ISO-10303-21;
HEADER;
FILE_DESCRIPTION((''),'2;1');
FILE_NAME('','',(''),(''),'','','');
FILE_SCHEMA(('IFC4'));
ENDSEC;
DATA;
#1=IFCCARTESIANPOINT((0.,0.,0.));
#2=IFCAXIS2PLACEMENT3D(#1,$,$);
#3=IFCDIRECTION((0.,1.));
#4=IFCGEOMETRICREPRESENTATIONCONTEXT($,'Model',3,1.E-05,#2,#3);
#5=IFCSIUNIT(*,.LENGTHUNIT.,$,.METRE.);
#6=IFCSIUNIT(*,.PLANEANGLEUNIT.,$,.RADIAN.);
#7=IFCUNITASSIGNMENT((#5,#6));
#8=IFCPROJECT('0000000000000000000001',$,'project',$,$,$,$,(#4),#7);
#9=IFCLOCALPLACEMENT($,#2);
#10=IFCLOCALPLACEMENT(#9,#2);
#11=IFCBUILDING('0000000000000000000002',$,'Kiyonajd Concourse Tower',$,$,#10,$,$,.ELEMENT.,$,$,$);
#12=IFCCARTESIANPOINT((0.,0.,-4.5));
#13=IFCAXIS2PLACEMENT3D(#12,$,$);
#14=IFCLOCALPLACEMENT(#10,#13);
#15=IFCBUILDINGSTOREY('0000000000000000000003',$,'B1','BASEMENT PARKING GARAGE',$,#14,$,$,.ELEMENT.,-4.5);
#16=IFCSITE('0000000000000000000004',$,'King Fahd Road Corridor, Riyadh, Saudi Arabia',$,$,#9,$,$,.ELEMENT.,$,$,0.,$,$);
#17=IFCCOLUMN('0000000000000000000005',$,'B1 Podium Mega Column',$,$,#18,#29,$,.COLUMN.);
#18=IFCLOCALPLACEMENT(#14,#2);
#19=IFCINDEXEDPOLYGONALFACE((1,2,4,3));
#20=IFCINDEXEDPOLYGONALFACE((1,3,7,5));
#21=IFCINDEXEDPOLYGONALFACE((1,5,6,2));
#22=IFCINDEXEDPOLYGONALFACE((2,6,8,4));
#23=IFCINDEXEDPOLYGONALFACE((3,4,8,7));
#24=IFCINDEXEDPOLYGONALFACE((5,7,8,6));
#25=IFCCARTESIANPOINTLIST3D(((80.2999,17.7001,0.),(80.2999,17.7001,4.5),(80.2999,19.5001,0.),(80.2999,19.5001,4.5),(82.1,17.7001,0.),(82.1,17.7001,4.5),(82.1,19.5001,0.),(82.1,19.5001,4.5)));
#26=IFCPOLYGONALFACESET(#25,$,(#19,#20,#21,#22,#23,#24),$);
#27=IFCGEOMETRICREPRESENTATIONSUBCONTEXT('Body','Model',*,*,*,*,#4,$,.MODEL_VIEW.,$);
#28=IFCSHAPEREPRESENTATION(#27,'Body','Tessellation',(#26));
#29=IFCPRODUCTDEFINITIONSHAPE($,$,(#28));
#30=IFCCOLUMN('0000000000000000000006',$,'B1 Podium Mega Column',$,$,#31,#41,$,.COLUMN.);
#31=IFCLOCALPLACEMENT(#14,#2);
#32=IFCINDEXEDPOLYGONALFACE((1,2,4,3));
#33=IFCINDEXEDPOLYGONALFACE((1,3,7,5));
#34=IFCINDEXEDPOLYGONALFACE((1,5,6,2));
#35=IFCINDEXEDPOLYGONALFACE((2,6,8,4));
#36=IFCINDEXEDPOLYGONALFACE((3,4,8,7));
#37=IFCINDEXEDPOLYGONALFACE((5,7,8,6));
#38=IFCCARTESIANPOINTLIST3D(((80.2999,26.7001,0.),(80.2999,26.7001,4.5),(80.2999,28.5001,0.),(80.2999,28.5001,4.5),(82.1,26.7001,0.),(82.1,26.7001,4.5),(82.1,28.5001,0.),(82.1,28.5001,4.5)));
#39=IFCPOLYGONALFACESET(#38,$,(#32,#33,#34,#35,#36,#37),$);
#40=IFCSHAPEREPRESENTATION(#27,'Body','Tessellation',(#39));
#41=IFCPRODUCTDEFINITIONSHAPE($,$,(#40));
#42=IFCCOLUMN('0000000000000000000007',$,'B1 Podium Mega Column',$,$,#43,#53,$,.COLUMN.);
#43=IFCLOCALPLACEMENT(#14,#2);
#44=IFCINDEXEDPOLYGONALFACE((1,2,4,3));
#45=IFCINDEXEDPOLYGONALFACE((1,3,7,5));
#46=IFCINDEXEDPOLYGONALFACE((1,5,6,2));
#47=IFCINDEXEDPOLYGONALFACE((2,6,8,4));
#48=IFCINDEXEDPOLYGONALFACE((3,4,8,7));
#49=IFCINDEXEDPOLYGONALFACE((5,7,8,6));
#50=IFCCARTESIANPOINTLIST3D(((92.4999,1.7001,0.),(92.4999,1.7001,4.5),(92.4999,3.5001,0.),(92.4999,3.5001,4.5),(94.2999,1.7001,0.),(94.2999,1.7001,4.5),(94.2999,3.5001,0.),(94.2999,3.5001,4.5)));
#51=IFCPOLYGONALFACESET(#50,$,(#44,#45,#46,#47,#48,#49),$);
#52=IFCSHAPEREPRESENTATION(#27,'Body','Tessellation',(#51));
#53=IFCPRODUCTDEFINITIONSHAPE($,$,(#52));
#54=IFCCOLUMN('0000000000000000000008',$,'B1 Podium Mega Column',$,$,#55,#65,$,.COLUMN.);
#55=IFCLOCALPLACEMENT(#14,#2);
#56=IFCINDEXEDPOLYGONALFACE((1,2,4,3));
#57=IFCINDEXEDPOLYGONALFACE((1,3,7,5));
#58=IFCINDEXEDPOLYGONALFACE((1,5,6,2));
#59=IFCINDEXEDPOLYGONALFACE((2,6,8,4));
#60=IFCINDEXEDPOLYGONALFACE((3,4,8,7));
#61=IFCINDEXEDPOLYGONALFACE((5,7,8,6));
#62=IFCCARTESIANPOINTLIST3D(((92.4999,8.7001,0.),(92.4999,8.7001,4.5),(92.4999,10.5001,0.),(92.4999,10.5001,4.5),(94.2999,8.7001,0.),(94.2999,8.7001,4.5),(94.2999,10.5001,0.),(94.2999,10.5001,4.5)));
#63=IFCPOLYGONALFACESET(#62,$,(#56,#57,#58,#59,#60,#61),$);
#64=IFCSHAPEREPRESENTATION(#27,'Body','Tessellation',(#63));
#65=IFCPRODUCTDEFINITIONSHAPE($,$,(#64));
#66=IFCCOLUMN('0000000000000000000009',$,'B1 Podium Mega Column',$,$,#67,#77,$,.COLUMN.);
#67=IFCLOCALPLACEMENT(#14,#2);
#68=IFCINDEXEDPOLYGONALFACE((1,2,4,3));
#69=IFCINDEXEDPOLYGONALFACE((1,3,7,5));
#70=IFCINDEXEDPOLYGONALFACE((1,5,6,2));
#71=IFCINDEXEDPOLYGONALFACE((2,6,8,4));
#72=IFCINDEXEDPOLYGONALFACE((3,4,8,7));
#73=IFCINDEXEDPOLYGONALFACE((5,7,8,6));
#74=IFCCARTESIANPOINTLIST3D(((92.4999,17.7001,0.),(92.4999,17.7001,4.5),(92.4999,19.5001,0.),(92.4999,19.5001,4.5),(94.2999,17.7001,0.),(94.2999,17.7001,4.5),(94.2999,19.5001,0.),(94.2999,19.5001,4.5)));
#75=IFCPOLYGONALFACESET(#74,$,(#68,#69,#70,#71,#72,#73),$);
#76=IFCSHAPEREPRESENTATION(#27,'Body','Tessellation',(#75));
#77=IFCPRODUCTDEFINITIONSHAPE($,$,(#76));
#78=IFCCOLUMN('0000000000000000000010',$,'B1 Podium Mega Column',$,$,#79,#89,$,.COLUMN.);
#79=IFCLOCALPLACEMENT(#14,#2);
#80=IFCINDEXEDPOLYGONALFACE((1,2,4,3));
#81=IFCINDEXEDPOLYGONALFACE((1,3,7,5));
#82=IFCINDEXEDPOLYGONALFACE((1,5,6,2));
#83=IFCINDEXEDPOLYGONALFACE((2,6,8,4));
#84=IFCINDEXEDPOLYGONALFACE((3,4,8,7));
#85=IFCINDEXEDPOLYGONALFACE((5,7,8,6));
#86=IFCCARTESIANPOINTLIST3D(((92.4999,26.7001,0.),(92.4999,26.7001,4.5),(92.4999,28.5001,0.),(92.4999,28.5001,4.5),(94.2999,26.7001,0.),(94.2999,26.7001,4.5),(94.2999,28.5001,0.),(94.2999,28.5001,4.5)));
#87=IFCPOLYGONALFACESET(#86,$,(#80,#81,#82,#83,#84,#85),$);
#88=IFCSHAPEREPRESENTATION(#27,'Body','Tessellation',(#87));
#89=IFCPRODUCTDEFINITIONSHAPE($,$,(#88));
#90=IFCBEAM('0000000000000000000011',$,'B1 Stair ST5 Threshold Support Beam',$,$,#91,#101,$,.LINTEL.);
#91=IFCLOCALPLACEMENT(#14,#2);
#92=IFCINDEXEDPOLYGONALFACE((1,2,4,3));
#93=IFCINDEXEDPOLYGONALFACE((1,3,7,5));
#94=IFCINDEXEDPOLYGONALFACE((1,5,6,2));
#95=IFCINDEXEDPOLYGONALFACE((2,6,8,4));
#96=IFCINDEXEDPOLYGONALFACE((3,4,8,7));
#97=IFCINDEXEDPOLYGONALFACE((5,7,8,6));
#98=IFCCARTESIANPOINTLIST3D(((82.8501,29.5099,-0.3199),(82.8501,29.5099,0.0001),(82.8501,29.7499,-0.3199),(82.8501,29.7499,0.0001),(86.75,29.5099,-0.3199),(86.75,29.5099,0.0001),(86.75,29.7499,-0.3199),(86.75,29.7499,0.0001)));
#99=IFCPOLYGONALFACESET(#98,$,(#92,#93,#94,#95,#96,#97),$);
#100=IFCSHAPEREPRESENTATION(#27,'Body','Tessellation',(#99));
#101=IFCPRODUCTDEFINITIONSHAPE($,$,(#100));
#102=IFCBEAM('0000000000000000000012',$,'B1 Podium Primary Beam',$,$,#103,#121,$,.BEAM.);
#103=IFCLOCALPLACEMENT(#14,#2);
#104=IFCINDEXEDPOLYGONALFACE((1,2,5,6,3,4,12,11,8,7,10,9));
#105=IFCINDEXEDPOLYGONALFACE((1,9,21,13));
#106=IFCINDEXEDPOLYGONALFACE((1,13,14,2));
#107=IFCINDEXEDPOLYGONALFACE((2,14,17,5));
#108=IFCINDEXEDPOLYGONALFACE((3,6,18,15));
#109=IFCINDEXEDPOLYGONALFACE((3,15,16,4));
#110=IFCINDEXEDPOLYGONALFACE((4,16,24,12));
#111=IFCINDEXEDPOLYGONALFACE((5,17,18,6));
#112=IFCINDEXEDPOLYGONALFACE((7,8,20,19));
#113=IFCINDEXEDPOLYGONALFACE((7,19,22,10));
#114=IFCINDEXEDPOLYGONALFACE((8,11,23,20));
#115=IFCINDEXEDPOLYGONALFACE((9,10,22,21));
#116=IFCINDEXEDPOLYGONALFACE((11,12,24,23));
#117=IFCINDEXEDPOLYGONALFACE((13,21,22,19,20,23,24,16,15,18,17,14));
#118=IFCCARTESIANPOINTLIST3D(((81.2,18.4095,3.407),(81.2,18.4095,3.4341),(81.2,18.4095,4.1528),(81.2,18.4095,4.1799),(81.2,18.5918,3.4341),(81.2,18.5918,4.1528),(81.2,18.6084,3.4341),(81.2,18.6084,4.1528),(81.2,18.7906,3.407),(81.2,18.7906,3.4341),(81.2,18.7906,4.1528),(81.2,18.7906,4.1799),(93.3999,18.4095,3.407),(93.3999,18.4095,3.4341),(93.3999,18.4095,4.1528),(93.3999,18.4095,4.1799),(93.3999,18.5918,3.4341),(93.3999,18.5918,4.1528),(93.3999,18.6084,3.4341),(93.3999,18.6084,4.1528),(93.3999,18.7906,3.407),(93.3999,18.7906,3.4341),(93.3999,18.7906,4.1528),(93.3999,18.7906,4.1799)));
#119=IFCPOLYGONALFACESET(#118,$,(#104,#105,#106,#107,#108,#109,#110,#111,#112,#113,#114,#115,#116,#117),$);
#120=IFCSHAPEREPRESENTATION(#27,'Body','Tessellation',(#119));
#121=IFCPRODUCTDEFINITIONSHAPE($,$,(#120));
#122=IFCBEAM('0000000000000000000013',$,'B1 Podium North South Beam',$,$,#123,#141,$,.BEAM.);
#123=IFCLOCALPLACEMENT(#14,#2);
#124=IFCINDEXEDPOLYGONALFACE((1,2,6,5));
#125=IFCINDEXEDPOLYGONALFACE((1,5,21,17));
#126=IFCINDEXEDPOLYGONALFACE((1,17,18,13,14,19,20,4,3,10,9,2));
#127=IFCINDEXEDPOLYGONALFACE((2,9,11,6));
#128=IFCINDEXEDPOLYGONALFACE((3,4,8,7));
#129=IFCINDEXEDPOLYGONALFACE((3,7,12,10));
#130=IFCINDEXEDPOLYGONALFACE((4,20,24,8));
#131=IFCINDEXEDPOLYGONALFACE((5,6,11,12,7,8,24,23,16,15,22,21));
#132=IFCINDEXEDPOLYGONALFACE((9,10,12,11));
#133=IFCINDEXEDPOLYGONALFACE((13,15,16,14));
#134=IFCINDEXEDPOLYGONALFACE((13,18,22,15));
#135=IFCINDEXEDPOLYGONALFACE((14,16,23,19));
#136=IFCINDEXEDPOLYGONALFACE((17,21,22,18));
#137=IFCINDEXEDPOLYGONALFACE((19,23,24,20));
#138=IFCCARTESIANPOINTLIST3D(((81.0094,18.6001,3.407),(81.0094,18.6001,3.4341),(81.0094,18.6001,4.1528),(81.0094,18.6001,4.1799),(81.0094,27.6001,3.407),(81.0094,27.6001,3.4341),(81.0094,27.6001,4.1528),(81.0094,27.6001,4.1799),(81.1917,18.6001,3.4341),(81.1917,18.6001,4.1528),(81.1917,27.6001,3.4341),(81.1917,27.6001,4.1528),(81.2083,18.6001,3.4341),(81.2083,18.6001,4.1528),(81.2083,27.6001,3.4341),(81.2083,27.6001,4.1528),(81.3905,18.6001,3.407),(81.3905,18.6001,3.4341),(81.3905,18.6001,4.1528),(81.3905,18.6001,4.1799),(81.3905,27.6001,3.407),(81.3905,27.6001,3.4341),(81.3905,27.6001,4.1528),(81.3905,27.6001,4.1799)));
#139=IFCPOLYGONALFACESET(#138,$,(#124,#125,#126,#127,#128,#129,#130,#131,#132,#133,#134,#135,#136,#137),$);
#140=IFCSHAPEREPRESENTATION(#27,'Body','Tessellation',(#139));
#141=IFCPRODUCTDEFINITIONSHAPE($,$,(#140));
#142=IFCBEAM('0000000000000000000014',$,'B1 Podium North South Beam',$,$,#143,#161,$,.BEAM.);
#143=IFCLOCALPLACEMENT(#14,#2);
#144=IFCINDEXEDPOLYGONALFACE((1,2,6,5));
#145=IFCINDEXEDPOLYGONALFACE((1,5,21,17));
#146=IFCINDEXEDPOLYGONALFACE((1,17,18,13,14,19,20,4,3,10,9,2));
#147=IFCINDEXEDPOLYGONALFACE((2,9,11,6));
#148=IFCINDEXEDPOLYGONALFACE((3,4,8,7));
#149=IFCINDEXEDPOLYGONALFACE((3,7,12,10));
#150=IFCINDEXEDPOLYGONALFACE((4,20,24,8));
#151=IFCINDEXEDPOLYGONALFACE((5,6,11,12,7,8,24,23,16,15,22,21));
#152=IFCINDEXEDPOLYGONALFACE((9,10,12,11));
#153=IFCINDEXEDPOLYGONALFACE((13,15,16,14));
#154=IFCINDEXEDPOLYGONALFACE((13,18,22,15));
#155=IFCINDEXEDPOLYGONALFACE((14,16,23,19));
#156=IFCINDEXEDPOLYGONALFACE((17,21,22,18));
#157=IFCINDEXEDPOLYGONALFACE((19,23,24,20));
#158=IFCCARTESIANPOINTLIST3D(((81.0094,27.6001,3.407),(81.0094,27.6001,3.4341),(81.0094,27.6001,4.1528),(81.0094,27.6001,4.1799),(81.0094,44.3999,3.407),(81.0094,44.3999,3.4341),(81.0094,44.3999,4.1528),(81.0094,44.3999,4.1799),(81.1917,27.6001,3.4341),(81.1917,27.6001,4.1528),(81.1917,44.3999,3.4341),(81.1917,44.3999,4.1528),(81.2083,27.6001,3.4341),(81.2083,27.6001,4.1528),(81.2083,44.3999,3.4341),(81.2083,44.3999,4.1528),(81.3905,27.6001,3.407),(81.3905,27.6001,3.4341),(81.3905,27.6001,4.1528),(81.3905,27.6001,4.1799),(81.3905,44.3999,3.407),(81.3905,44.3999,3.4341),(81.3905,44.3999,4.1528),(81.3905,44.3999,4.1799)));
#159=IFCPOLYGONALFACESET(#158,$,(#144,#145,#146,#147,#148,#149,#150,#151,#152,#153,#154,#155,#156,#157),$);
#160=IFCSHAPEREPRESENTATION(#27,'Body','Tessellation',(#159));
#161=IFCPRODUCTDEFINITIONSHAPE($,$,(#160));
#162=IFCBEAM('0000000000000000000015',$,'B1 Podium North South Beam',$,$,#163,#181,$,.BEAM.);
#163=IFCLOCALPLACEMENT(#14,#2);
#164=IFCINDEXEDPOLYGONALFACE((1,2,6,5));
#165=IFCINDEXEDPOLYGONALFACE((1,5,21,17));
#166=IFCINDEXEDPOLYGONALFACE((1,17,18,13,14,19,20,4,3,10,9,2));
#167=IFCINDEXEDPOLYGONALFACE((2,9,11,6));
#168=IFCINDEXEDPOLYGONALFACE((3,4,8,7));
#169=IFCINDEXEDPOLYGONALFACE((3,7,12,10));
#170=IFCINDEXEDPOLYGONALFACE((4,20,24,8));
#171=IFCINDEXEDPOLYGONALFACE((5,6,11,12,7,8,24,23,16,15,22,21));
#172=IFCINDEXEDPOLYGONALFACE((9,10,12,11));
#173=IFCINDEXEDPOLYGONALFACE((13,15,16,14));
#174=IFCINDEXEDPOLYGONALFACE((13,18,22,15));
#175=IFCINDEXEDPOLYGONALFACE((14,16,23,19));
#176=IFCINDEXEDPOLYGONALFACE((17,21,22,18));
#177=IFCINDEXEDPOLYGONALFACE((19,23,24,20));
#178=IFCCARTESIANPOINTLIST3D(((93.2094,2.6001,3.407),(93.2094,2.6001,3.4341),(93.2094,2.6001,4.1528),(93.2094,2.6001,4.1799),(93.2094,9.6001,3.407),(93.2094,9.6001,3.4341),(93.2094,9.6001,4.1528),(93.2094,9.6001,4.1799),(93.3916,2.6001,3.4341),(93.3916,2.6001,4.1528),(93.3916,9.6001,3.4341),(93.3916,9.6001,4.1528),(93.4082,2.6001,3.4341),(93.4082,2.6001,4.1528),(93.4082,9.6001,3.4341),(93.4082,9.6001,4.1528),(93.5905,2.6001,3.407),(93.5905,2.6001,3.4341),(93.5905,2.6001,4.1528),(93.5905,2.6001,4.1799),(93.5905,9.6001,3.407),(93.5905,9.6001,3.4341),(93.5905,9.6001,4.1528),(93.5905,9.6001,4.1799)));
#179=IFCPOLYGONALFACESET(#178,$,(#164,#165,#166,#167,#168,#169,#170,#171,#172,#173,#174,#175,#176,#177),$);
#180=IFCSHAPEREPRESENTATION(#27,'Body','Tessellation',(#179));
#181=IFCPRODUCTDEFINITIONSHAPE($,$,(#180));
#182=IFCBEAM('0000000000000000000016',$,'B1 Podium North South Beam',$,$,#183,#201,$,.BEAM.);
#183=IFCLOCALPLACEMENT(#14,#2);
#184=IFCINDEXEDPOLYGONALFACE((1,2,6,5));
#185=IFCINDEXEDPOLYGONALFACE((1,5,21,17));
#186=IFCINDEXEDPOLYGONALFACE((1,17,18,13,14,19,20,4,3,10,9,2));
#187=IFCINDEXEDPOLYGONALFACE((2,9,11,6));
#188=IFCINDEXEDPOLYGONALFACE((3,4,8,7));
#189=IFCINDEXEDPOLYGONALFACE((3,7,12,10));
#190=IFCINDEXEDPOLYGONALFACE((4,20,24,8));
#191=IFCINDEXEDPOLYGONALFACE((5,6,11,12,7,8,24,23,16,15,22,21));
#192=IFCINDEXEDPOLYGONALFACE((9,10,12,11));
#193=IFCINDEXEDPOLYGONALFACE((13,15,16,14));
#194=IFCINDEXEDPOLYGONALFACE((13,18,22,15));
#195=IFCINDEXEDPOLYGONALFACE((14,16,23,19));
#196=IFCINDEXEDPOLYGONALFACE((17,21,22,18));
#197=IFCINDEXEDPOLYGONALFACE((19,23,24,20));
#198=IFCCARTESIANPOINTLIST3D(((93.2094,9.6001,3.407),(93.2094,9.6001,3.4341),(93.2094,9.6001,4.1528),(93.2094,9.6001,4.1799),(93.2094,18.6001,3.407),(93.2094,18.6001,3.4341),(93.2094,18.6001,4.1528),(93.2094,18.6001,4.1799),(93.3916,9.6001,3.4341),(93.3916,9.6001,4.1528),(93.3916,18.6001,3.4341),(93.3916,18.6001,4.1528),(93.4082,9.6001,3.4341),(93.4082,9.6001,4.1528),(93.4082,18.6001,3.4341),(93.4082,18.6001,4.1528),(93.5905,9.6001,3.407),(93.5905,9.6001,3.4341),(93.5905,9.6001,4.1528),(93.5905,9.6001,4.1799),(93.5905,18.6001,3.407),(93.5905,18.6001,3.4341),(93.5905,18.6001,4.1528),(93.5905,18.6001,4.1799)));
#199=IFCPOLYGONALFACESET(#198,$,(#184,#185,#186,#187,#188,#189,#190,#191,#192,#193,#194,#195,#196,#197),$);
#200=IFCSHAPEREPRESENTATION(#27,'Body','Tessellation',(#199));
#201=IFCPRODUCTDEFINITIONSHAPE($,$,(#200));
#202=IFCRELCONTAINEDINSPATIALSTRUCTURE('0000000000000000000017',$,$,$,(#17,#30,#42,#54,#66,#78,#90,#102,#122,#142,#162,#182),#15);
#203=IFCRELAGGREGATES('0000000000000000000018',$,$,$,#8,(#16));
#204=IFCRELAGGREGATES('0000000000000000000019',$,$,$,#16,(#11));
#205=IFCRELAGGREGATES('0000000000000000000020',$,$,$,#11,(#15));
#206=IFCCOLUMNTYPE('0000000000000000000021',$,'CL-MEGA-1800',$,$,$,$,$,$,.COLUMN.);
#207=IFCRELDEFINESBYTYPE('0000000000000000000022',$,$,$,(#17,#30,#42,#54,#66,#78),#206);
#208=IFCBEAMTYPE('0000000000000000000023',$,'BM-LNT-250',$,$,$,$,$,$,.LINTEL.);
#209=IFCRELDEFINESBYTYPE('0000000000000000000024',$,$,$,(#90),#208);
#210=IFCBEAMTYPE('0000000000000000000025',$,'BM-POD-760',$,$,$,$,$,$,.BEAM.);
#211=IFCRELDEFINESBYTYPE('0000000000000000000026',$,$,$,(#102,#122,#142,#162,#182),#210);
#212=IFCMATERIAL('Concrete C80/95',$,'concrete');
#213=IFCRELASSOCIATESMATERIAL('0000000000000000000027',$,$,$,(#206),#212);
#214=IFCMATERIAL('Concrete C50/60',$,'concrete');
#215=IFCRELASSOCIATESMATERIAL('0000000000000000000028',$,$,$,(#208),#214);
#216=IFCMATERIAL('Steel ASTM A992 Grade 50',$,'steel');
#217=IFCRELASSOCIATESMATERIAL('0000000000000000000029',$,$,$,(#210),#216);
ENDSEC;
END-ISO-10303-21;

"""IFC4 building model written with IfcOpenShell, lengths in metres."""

from ifc_helpers import new_model, si_unit, direction, frame, origin, origin_2d, place, context, subcontext, project, spatial, rectangle, i_section, extrude, material, material_profile, profile_set, type_object, element, save


model = new_model("IFC4")

# Units and contexts
model_context = context("Model", 3, precision=1e-05, world=origin(), true_north=direction((0.0, 1.0)))
body_context = subcontext(model_context, "Body", "Model", "MODEL_VIEW")
ifc_project = project(units=[si_unit("LENGTHUNIT", "METRE"), si_unit("PLANEANGLEUNIT", "RADIAN")], contexts=[model_context])

# Site, building, storey
site_placement = place(None, origin())
site = spatial("IfcSite", under=ifc_project, at=site_placement, Name="King Fahd Road Corridor, Riyadh, Saudi Arabia", CompositionType="ELEMENT", RefElevation=0.0)
building_placement = place(site_placement, origin())
building = spatial("IfcBuilding", under=site, at=building_placement, Name="Kiyonajd Concourse Tower", CompositionType="ELEMENT")
storey_placement = place(building_placement, frame((0.0, 0.0, -4.5)))
storey = spatial("IfcBuildingStorey", under=building, at=storey_placement, Name="B1", Description="BASEMENT PARKING GARAGE", CompositionType="ELEMENT", Elevation=-4.5)

# Columns
ifc_material_1 = material(Name="Concrete C80/95", Category="concrete")
ifc_material_profile_1 = material_profile(ifc_material_1, rectangle(XDim=1.8, YDim=1.8, at=origin_2d()), Name="RC-1800x1800")
ifc_profile_set_1 = profile_set([ifc_material_profile_1], Name="Concrete C80/95")
column_type = type_object("IfcColumnType", Name="CL-MEGA-1800", PredefinedType="COLUMN", material=ifc_profile_set_1)
for number, where, z_axis, x_axis, name in (
    (1, (81.2, 18.6001, 0.0), (0.0, 0.0, 1.0), (1.0, 0.0, 0.0), "B1 Podium Mega Column"),
    (2, (81.2, 27.6001, 0.0), (0.0, 0.0, 1.0), (1.0, 0.0, 0.0), "B1 Podium Mega Column"),
    (3, (93.3999, 2.6001, 0.0), (0.0, 0.0, 1.0), (1.0, 0.0, 0.0), "B1 Podium Mega Column"),
    (4, (93.3999, 9.6001, 0.0), (0.0, 0.0, 1.0), (1.0, 0.0, 0.0), "B1 Podium Mega Column"),
    (5, (93.3999, 18.6001, 0.0), (0.0, 0.0, 1.0), (1.0, 0.0, 0.0), "B1 Podium Mega Column"),
    (6, (93.3999, 27.6001, 0.0), (0.0, 0.0, 1.0), (1.0, 0.0, 0.0), "B1 Podium Mega Column"),
):
    element("IfcColumn", number, at=place(storey_placement, frame(where, z_axis=z_axis, x_axis=x_axis)), inside=storey, type_object=column_type, Name=name, PredefinedType="COLUMN", context=body_context, shape_type="SweptSolid", body=[
        extrude(rectangle(XDim=1.8, YDim=1.8, at=origin_2d()), origin(), (0.0, 0.0, 1.0), 4.5),
    ])

# Beams
ifc_material_2 = material(Name="Concrete C50/60", Category="concrete")
ifc_material_profile_2 = material_profile(ifc_material_2, rectangle(XDim=0.24, YDim=0.3201, at=origin_2d()), Name="RCBM-240x320")
ifc_profile_set_2 = profile_set([ifc_material_profile_2], Name="Concrete C50/60")
beam_type_1 = type_object("IfcBeamType", Name="BM-LNT-250", PredefinedType="LINTEL", material=ifc_profile_set_2)
beam_1_placement = place(storey_placement, frame((82.8501, 29.6299, -0.1599), z_axis=(1.0, 0.0, 0.0), x_axis=(0.0, 1.0, 0.0)))
element("IfcBeam", 7, at=beam_1_placement, inside=storey, type_object=beam_type_1, Name="B1 Stair ST5 Threshold Support Beam", PredefinedType="LINTEL", context=body_context, shape_type="SweptSolid", body=[
    extrude(rectangle(XDim=0.24, YDim=0.3201, at=origin_2d()), origin(), (0.0, 0.0, 1.0), 3.8999),
])
ifc_material_3 = material(Name="Steel ASTM A992 Grade 50", Category="steel")
ifc_material_profile_3 = material_profile(ifc_material_3, i_section(OverallWidth=0.3811, OverallDepth=0.7729, WebThickness=0.0166, FlangeThickness=0.0271, at=origin_2d()), Name="W760X257")
ifc_profile_set_3 = profile_set([ifc_material_profile_3], Name="Steel ASTM A992 Grade 50")
beam_type_2 = type_object("IfcBeamType", Name="BM-POD-760", PredefinedType="BEAM", material=ifc_profile_set_3)
beam_2_placement = place(storey_placement, frame((81.2, 18.6001, 3.7935), z_axis=(1.0, 0.0, 0.0), x_axis=(0.0, 1.0, 0.0)))
element("IfcBeam", 8, at=beam_2_placement, inside=storey, type_object=beam_type_2, Name="B1 Podium Primary Beam", PredefinedType="BEAM", context=body_context, shape_type="SweptSolid", body=[
    extrude(i_section(OverallWidth=0.3811, OverallDepth=0.7729, WebThickness=0.0166, FlangeThickness=0.0271, at=origin_2d()), origin(), (0.0, 0.0, 1.0), 12.2),
])
beam_3_placement = place(storey_placement, frame((81.2, 18.6001, 3.7935), z_axis=(0.0, 1.0, 0.0), x_axis=(-1.0, 0.0, 0.0)))
element("IfcBeam", 9, at=beam_3_placement, inside=storey, type_object=beam_type_2, Name="B1 Podium North South Beam", PredefinedType="BEAM", context=body_context, shape_type="SweptSolid", body=[
    extrude(i_section(OverallWidth=0.3811, OverallDepth=0.7729, WebThickness=0.0166, FlangeThickness=0.0271, at=origin_2d()), origin(), (0.0, 0.0, 1.0), 9.0),
])
beam_4_placement = place(storey_placement, frame((81.2, 27.6001, 3.7935), z_axis=(0.0, 1.0, 0.0), x_axis=(-1.0, 0.0, 0.0)))
element("IfcBeam", 10, at=beam_4_placement, inside=storey, type_object=beam_type_2, Name="B1 Podium North South Beam", PredefinedType="BEAM", context=body_context, shape_type="SweptSolid", body=[
    extrude(i_section(OverallWidth=0.3811, OverallDepth=0.7729, WebThickness=0.0166, FlangeThickness=0.0271, at=origin_2d()), origin(), (0.0, 0.0, 1.0), 16.7998),
])
beam_5_placement = place(storey_placement, frame((93.3999, 2.6001, 3.7935), z_axis=(0.0, 1.0, 0.0), x_axis=(-1.0, 0.0, 0.0)))
element("IfcBeam", 11, at=beam_5_placement, inside=storey, type_object=beam_type_2, Name="B1 Podium North South Beam", PredefinedType="BEAM", context=body_context, shape_type="SweptSolid", body=[
    extrude(i_section(OverallWidth=0.3811, OverallDepth=0.7729, WebThickness=0.0166, FlangeThickness=0.0271, at=origin_2d()), origin(), (0.0, 0.0, 1.0), 7.0),
])
for number, where, z_axis, x_axis, name in (
    (12, (93.3999, 9.6001, 3.7935), (0.0, 1.0, 0.0), (-1.0, 0.0, 0.0), "B1 Podium North South Beam"),
):
    element("IfcBeam", number, at=place(storey_placement, frame(where, z_axis=z_axis, x_axis=x_axis)), inside=storey, type_object=beam_type_2, Name=name, PredefinedType="BEAM", context=body_context, shape_type="SweptSolid", body=[
        extrude(i_section(OverallWidth=0.3811, OverallDepth=0.7729, WebThickness=0.0166, FlangeThickness=0.0271, at=origin_2d()), origin(), (0.0, 0.0, 1.0), 9.0),
    ])

save(model, "model.ifc")
